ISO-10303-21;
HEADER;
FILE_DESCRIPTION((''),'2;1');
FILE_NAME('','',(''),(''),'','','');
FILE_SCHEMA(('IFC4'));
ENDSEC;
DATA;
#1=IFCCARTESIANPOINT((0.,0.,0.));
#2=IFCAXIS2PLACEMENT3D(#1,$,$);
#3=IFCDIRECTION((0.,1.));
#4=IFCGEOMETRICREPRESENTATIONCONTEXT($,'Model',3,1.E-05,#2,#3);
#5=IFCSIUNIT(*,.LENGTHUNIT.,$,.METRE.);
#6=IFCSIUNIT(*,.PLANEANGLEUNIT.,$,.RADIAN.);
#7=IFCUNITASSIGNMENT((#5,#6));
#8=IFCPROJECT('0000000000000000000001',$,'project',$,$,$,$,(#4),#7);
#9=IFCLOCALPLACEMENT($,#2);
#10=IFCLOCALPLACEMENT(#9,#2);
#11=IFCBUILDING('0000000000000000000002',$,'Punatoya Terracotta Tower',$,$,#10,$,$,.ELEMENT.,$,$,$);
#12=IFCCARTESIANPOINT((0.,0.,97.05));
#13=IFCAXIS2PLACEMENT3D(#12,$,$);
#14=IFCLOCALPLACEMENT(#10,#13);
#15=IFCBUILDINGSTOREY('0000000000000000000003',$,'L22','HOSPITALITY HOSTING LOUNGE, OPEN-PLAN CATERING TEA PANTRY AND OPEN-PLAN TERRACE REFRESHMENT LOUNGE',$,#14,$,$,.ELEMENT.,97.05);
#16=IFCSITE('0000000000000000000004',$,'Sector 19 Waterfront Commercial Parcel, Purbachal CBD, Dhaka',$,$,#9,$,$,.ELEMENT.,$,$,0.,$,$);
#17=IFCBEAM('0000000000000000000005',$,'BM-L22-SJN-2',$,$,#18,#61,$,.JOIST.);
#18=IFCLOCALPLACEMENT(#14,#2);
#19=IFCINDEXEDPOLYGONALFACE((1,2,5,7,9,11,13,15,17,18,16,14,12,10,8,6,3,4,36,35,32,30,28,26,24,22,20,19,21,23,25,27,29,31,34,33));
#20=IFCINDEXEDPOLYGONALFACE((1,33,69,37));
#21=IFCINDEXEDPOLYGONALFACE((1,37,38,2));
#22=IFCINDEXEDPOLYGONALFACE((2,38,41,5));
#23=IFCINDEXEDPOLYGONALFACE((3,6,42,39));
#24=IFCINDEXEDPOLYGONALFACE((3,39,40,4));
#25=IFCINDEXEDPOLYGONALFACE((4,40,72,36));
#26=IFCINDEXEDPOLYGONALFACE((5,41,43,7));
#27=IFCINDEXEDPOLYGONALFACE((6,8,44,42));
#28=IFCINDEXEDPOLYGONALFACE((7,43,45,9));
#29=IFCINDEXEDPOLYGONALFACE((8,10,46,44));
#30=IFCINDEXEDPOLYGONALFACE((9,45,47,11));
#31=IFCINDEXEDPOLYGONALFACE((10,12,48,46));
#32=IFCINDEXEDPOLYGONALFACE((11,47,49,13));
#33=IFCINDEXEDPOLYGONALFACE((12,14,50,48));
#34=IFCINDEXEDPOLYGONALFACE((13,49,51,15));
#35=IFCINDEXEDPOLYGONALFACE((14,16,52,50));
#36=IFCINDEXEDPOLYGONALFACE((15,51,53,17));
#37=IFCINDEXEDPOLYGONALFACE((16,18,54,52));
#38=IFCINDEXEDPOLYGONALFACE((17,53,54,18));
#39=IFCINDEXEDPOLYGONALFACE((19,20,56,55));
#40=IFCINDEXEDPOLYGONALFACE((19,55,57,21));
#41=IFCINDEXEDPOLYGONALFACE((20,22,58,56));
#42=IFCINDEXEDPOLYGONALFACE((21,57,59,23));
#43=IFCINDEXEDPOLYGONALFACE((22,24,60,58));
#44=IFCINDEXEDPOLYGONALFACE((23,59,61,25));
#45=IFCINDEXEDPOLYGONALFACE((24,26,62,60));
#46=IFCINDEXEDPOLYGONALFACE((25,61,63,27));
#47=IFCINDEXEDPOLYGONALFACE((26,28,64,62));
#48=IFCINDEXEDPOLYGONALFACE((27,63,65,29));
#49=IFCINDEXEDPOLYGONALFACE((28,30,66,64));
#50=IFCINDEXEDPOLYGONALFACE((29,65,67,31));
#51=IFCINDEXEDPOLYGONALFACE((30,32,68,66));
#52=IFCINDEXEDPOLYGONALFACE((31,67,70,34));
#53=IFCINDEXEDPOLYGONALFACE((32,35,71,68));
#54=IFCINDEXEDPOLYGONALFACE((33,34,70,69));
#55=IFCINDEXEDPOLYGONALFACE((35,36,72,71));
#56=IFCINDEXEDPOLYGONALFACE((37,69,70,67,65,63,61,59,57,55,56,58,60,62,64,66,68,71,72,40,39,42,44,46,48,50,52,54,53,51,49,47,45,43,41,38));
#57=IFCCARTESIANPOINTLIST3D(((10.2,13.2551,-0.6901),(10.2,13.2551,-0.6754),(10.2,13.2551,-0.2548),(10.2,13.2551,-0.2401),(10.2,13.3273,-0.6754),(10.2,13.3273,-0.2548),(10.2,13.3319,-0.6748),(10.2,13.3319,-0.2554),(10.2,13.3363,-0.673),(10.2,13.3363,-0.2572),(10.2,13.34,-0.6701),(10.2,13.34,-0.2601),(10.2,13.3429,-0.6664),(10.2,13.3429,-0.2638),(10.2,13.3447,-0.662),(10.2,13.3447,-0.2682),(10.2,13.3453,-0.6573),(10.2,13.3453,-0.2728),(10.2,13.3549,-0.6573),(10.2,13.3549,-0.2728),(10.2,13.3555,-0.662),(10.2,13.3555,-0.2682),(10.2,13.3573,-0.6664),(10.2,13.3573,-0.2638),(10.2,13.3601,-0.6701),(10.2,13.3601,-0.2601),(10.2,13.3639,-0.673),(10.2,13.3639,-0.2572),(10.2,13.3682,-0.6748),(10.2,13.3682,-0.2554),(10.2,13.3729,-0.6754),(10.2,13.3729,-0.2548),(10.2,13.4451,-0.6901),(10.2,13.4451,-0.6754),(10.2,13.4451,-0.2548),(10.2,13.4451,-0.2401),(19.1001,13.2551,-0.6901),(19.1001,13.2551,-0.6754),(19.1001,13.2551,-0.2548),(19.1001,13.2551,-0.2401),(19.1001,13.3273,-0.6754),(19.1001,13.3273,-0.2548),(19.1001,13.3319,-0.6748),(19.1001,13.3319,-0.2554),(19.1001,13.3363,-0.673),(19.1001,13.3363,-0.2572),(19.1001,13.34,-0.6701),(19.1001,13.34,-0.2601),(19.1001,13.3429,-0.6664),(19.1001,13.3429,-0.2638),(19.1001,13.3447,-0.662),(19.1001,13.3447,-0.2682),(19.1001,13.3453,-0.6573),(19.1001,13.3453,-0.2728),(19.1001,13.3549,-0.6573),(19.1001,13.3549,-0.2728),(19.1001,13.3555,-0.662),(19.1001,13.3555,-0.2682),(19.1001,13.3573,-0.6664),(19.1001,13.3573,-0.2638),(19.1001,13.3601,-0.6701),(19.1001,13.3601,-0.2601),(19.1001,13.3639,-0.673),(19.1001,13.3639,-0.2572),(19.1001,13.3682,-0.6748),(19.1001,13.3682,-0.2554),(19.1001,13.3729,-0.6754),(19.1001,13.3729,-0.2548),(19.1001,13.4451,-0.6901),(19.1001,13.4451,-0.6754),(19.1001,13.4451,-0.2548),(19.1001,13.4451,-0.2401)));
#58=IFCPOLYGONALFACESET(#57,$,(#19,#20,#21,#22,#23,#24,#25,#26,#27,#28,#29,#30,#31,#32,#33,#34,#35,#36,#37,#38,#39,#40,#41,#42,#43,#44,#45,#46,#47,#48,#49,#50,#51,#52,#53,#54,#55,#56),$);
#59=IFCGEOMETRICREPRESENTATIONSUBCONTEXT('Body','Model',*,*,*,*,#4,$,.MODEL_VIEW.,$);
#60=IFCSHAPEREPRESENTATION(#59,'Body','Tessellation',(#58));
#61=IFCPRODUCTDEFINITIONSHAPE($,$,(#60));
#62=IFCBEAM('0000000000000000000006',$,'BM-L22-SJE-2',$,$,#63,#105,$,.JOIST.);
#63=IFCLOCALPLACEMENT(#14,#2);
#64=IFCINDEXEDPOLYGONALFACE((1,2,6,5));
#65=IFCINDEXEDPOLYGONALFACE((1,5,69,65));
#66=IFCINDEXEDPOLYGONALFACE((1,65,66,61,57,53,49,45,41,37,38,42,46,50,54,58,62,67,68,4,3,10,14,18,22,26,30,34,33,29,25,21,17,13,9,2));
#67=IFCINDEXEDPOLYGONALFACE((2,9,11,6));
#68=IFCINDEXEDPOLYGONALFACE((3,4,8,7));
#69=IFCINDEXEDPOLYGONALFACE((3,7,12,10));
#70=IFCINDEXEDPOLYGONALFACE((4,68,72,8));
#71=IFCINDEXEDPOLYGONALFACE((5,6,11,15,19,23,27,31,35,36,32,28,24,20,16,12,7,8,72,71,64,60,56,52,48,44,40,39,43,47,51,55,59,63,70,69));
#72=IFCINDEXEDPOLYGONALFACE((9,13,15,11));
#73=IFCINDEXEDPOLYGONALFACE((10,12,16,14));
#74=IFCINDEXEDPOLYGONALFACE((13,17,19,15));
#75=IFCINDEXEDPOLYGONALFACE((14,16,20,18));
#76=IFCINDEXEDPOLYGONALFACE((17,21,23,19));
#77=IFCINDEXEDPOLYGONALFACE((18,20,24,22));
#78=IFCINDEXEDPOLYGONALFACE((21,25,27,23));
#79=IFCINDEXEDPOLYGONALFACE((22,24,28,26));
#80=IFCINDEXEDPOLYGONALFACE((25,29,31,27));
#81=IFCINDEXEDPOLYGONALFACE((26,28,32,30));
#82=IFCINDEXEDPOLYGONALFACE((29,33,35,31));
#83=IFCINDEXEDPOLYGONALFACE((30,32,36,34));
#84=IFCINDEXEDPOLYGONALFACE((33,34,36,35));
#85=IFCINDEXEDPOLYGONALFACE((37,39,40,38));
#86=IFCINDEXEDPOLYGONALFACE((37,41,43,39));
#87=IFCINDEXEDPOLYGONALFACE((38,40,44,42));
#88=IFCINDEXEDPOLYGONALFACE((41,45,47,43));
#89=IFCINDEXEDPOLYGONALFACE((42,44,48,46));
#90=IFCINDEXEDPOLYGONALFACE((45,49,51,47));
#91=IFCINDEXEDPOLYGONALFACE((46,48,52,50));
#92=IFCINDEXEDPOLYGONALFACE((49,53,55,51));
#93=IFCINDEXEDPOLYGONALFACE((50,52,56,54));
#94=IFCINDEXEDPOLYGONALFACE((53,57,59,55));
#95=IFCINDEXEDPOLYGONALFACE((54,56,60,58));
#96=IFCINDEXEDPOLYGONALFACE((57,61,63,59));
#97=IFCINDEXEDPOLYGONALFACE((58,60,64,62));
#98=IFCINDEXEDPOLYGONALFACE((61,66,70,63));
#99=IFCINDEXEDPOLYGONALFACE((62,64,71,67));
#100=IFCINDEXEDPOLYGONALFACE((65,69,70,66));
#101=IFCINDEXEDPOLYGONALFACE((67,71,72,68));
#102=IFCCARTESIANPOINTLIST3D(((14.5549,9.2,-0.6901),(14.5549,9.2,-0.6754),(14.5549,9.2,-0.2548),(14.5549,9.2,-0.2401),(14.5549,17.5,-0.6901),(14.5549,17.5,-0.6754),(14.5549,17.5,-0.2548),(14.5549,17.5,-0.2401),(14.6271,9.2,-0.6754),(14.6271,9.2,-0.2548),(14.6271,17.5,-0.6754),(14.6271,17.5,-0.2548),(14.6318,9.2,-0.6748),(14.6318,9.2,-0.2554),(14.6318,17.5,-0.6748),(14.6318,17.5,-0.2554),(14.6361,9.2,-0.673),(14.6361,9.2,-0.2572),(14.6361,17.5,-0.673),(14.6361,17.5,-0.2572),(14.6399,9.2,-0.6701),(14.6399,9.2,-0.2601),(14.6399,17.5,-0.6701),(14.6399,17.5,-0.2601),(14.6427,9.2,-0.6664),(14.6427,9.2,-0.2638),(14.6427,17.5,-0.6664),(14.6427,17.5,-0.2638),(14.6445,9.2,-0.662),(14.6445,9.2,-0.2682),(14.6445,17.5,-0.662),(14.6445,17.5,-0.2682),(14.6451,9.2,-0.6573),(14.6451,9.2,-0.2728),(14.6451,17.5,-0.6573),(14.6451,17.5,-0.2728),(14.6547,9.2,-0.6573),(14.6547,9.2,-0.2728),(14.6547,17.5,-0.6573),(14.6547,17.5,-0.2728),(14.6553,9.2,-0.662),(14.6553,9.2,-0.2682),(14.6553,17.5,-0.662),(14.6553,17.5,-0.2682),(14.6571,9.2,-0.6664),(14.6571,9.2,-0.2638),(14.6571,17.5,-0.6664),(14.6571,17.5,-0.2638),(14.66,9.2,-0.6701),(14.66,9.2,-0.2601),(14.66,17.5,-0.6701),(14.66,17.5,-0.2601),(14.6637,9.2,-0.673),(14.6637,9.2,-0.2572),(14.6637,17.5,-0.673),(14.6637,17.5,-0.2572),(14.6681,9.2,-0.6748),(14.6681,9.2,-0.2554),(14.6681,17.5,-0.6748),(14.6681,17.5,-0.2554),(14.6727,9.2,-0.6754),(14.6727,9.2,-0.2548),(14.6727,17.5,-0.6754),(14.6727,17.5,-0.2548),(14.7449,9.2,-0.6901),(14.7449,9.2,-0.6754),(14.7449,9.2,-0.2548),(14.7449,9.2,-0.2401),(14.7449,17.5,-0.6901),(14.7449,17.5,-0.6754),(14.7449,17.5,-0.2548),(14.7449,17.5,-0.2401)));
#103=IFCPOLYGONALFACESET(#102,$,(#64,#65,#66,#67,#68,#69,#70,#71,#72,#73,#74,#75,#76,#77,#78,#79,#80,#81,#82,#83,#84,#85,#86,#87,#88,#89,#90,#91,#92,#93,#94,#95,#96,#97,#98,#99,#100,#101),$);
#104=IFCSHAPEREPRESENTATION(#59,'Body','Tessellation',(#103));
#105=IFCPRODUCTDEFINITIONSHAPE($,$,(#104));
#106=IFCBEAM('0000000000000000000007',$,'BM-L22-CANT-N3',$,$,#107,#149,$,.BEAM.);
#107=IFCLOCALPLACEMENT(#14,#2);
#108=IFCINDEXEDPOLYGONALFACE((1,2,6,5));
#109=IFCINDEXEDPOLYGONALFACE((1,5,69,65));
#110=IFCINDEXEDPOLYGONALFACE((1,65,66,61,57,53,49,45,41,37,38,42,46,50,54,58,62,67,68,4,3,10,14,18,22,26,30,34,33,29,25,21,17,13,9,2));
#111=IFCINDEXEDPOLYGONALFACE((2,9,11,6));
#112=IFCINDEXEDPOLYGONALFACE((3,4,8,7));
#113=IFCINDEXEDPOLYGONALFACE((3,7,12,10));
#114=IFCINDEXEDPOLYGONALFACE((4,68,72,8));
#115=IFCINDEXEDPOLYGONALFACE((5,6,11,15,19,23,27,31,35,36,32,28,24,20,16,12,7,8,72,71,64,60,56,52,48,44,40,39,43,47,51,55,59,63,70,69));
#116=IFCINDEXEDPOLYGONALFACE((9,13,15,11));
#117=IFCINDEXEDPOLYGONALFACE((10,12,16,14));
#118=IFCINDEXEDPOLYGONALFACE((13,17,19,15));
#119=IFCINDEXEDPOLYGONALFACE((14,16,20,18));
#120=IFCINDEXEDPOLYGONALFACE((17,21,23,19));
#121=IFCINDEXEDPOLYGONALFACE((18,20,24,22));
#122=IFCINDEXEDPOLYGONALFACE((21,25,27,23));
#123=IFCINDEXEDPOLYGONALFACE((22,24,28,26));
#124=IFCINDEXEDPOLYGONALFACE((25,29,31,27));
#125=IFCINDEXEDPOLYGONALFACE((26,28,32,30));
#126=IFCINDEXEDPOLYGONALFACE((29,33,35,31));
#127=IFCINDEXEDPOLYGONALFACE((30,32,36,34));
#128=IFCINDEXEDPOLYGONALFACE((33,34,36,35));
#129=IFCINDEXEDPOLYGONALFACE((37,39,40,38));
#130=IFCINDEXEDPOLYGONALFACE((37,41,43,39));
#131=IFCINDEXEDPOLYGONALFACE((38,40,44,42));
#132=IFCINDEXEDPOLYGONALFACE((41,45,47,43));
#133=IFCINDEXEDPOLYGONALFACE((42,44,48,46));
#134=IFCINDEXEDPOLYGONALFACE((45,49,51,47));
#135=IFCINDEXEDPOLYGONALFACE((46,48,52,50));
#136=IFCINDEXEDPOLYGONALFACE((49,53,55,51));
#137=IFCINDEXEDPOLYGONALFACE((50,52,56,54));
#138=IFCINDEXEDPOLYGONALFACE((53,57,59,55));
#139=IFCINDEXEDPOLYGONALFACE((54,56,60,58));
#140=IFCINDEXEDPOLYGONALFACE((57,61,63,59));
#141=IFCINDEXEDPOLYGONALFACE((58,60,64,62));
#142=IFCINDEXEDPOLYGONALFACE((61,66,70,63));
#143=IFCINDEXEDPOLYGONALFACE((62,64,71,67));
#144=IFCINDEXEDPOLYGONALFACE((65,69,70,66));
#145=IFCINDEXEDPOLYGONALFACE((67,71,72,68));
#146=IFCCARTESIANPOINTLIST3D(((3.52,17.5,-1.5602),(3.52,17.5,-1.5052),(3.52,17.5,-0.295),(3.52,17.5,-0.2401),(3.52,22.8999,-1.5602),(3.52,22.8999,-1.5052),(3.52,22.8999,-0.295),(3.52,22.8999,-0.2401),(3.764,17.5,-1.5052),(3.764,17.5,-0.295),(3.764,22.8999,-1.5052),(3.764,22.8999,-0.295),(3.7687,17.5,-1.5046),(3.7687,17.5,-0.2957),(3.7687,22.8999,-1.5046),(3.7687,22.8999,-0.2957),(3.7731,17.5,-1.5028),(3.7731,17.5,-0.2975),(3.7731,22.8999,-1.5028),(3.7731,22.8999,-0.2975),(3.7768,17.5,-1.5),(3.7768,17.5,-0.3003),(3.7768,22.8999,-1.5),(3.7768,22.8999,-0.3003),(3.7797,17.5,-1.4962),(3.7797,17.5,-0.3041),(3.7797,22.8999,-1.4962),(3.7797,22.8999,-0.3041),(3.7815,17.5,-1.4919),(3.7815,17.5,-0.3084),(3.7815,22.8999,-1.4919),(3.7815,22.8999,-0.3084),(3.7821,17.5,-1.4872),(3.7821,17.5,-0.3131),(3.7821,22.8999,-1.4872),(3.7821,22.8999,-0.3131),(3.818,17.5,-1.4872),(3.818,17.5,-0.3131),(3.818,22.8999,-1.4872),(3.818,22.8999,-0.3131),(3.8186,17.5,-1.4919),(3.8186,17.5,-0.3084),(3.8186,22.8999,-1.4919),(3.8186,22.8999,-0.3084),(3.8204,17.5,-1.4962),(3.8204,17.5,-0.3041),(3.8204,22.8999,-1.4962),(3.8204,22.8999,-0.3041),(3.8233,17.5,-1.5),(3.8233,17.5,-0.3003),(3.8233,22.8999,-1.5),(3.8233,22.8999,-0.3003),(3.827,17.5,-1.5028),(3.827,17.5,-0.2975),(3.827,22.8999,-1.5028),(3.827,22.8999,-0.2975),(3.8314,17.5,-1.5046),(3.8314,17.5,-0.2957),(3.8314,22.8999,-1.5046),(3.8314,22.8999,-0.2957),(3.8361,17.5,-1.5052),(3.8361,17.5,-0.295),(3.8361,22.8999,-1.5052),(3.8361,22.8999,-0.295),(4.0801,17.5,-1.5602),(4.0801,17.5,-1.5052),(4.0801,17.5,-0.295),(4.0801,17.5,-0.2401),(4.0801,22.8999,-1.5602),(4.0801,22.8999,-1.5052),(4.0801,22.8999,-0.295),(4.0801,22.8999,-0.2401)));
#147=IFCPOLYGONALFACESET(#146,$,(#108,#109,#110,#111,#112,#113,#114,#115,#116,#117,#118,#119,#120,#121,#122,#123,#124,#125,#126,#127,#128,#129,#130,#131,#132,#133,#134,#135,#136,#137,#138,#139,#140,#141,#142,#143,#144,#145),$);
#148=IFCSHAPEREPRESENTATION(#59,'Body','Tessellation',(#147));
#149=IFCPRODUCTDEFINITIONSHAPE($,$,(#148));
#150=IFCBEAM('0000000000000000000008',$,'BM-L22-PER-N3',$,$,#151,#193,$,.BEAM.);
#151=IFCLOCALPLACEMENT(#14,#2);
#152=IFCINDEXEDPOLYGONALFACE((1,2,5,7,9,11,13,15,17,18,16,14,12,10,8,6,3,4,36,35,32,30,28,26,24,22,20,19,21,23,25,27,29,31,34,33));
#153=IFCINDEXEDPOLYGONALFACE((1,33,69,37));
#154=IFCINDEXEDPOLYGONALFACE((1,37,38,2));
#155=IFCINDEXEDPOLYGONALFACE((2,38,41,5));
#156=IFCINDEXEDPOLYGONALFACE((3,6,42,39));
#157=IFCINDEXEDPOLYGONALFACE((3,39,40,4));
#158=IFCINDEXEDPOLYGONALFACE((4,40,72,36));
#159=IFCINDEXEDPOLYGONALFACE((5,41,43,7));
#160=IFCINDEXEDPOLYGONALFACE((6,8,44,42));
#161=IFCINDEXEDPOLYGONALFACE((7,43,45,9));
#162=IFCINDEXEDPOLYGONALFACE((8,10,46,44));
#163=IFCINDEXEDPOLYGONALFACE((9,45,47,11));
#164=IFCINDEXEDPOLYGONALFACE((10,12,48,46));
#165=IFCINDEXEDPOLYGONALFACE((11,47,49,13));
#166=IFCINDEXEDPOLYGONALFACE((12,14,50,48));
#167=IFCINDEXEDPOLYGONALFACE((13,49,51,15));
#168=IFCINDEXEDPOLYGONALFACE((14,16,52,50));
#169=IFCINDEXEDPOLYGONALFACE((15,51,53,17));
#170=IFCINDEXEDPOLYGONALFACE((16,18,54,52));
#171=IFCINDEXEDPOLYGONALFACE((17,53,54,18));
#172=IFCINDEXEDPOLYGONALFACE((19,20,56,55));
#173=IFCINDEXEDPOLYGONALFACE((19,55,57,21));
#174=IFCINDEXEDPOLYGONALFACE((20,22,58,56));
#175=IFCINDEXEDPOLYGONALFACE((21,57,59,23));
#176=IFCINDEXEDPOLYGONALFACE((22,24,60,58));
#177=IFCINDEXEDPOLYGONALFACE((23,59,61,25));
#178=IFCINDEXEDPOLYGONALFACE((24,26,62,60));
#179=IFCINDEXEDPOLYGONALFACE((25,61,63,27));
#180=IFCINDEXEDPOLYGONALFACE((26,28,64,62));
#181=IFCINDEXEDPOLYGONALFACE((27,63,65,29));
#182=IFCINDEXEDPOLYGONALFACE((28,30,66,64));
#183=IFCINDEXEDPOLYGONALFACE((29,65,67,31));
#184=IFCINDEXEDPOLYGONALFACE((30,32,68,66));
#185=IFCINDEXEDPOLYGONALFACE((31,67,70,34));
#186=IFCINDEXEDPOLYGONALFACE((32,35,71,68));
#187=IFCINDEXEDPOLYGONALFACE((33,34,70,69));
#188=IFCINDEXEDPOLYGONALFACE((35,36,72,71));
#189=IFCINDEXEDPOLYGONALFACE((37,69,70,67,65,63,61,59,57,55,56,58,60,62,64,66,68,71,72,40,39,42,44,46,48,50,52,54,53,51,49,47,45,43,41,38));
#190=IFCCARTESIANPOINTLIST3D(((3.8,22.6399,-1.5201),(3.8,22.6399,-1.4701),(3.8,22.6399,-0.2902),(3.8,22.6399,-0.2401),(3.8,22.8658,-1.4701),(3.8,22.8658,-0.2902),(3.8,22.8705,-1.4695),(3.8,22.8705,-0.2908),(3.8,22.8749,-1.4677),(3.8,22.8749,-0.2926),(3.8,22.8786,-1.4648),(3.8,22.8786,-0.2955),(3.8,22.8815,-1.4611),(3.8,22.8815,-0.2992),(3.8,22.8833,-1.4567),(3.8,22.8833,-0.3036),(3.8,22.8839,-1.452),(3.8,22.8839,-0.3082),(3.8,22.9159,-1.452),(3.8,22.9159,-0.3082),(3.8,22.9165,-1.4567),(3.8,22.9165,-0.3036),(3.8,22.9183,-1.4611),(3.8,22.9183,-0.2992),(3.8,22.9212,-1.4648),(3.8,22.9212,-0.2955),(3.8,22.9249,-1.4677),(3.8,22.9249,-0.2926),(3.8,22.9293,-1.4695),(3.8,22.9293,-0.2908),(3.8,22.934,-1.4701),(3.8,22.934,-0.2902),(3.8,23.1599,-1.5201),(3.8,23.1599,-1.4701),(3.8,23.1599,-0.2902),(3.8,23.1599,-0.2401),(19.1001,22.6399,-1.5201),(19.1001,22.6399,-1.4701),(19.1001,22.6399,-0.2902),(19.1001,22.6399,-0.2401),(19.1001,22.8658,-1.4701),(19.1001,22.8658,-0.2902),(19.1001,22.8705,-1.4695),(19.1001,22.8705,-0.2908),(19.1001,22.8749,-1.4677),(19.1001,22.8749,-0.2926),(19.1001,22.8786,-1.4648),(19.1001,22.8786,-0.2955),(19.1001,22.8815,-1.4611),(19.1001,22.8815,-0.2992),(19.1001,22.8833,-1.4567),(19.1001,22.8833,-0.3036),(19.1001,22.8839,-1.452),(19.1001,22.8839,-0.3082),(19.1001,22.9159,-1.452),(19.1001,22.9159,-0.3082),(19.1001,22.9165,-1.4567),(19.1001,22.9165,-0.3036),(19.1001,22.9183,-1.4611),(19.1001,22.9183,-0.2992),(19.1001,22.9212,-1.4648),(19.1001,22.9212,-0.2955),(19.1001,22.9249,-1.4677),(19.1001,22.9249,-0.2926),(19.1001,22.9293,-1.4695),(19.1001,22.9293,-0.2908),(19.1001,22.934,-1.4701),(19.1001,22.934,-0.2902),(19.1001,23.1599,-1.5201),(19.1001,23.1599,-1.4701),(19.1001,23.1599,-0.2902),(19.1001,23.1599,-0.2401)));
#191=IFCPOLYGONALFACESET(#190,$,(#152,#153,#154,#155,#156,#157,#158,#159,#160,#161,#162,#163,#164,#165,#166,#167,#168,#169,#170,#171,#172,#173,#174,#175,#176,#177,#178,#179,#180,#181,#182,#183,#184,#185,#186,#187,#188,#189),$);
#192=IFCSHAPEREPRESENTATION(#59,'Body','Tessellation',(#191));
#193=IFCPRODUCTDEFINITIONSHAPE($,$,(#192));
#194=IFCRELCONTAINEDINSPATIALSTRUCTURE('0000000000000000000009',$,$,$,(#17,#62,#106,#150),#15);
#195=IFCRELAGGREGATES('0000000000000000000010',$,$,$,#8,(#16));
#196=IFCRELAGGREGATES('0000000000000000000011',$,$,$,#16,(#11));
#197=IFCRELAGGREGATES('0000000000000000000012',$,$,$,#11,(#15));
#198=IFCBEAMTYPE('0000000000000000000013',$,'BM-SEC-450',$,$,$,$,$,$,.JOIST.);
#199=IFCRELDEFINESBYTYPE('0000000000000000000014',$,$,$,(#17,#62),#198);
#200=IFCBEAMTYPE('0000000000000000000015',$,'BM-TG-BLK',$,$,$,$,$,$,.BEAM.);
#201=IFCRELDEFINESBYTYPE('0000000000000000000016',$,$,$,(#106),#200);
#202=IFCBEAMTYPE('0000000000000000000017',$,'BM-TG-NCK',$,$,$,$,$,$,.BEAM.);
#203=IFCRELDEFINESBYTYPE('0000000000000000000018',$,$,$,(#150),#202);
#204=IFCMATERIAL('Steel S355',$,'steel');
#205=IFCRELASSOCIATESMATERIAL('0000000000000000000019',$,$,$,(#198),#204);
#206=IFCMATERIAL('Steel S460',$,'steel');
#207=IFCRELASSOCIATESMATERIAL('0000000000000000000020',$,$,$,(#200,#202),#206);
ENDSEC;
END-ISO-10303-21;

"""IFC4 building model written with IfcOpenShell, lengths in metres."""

from ifc_helpers import new_model, si_unit, direction, frame, origin, origin_2d, place, context, subcontext, project, spatial, i_section, extrude, material, material_profile, profile_set, type_object, element, save


model = new_model("IFC4")

# Units and contexts
model_context = context("Model", 3, precision=1e-05, world=origin(), true_north=direction((0.0, 1.0)))
body_context = subcontext(model_context, "Body", "Model", "MODEL_VIEW")
ifc_project = project(units=[si_unit("LENGTHUNIT", "METRE"), si_unit("PLANEANGLEUNIT", "RADIAN")], contexts=[model_context])

# Site, building, storey
site_placement = place(None, origin())
site = spatial("IfcSite", under=ifc_project, at=site_placement, Name="Sector 19 Waterfront Commercial Parcel, Purbachal CBD, Dhaka", CompositionType="ELEMENT", RefElevation=0.0)
building_placement = place(site_placement, origin())
building = spatial("IfcBuilding", under=site, at=building_placement, Name="Punatoya Terracotta Tower", CompositionType="ELEMENT")
storey_placement = place(building_placement, frame((0.0, 0.0, 97.05)))
storey = spatial("IfcBuildingStorey", under=building, at=storey_placement, Name="L22", Description="HOSPITALITY HOSTING LOUNGE, OPEN-PLAN CATERING TEA PANTRY AND OPEN-PLAN TERRACE REFRESHMENT LOUNGE", CompositionType="ELEMENT", Elevation=97.05)

# Shared definitions
ifc_material_1 = material(Name="Steel S460", Category="steel")

# Beams
ifc_material_2 = material(Name="Steel S355", Category="steel")
ifc_material_profile_1 = material_profile(ifc_material_2, i_section(OverallWidth=0.1899, OverallDepth=0.45, WebThickness=0.0095, FlangeThickness=0.0146, FilletRadius=0.0181, at=origin_2d()))
ifc_profile_set_1 = profile_set([ifc_material_profile_1], Name="Steel S355")
beam_type_1 = type_object("IfcBeamType", Name="BM-SEC-450", PredefinedType="JOIST", material=ifc_profile_set_1)
beam_1_placement = place(storey_placement, frame((10.2, 13.3501, -0.4651), z_axis=(1.0, 0.0, 0.0), x_axis=(0.0, 1.0, 0.0)))
element("IfcBeam", 1, at=beam_1_placement, inside=storey, type_object=beam_type_1, Name="BM-L22-SJN-2", PredefinedType="JOIST", context=body_context, shape_type="SweptSolid", body=[
    extrude(i_section(OverallWidth=0.1899, OverallDepth=0.45, WebThickness=0.0095, FlangeThickness=0.0146, FilletRadius=0.0181, at=origin_2d()), origin(), (0.0, 0.0, 1.0), 8.9001),
])
beam_2_placement = place(storey_placement, frame((14.6499, 9.2, -0.4651), z_axis=(0.0, 1.0, 0.0), x_axis=(-1.0, 0.0, 0.0)))
element("IfcBeam", 2, at=beam_2_placement, inside=storey, type_object=beam_type_1, Name="BM-L22-SJE-2", PredefinedType="JOIST", context=body_context, shape_type="SweptSolid", body=[
    extrude(i_section(OverallWidth=0.1899, OverallDepth=0.45, WebThickness=0.0095, FlangeThickness=0.0146, FilletRadius=0.0181, at=origin_2d()), origin(), (0.0, 0.0, 1.0), 8.3),
])
ifc_material_profile_2 = material_profile(ifc_material_1, i_section(OverallWidth=0.5601, OverallDepth=1.3201, WebThickness=0.0359, FlangeThickness=0.0549, FilletRadius=0.0181, at=origin_2d()))
ifc_profile_set_2 = profile_set([ifc_material_profile_2], Name="Steel S460")
beam_type_2 = type_object("IfcBeamType", Name="BM-TG-BLK", PredefinedType="BEAM", material=ifc_profile_set_2)
beam_3_placement = place(storey_placement, frame((3.8, 17.5, -0.9001), z_axis=(0.0, 1.0, 0.0), x_axis=(-1.0, 0.0, 0.0)))
element("IfcBeam", 3, at=beam_3_placement, inside=storey, type_object=beam_type_2, Name="BM-L22-CANT-N3", PredefinedType="BEAM", context=body_context, shape_type="SweptSolid", body=[
    extrude(i_section(OverallWidth=0.5601, OverallDepth=1.3201, WebThickness=0.0359, FlangeThickness=0.0549, FilletRadius=0.0181, at=origin_2d()), origin(), (0.0, 0.0, 1.0), 5.3999),
])
ifc_material_profile_3 = material_profile(ifc_material_1, i_section(OverallWidth=0.52, OverallDepth=1.28, WebThickness=0.032, FlangeThickness=0.05, FilletRadius=0.0181, at=origin_2d()))
ifc_profile_set_3 = profile_set([ifc_material_profile_3], Name="Steel S460")
beam_type_3 = type_object("IfcBeamType", Name="BM-TG-NCK", PredefinedType="BEAM", material=ifc_profile_set_3)
beam_4_placement = place(storey_placement, frame((3.8, 22.8999, -0.8801), z_axis=(1.0, 0.0, 0.0), x_axis=(0.0, 1.0, 0.0)))
element("IfcBeam", 4, at=beam_4_placement, inside=storey, type_object=beam_type_3, Name="BM-L22-PER-N3", PredefinedType="BEAM", context=body_context, shape_type="SweptSolid", body=[
    extrude(i_section(OverallWidth=0.52, OverallDepth=1.28, WebThickness=0.032, FlangeThickness=0.05, FilletRadius=0.0181, at=origin_2d()), origin(), (0.0, 0.0, 1.0), 15.3),
])

save(model, "model.ifc")
